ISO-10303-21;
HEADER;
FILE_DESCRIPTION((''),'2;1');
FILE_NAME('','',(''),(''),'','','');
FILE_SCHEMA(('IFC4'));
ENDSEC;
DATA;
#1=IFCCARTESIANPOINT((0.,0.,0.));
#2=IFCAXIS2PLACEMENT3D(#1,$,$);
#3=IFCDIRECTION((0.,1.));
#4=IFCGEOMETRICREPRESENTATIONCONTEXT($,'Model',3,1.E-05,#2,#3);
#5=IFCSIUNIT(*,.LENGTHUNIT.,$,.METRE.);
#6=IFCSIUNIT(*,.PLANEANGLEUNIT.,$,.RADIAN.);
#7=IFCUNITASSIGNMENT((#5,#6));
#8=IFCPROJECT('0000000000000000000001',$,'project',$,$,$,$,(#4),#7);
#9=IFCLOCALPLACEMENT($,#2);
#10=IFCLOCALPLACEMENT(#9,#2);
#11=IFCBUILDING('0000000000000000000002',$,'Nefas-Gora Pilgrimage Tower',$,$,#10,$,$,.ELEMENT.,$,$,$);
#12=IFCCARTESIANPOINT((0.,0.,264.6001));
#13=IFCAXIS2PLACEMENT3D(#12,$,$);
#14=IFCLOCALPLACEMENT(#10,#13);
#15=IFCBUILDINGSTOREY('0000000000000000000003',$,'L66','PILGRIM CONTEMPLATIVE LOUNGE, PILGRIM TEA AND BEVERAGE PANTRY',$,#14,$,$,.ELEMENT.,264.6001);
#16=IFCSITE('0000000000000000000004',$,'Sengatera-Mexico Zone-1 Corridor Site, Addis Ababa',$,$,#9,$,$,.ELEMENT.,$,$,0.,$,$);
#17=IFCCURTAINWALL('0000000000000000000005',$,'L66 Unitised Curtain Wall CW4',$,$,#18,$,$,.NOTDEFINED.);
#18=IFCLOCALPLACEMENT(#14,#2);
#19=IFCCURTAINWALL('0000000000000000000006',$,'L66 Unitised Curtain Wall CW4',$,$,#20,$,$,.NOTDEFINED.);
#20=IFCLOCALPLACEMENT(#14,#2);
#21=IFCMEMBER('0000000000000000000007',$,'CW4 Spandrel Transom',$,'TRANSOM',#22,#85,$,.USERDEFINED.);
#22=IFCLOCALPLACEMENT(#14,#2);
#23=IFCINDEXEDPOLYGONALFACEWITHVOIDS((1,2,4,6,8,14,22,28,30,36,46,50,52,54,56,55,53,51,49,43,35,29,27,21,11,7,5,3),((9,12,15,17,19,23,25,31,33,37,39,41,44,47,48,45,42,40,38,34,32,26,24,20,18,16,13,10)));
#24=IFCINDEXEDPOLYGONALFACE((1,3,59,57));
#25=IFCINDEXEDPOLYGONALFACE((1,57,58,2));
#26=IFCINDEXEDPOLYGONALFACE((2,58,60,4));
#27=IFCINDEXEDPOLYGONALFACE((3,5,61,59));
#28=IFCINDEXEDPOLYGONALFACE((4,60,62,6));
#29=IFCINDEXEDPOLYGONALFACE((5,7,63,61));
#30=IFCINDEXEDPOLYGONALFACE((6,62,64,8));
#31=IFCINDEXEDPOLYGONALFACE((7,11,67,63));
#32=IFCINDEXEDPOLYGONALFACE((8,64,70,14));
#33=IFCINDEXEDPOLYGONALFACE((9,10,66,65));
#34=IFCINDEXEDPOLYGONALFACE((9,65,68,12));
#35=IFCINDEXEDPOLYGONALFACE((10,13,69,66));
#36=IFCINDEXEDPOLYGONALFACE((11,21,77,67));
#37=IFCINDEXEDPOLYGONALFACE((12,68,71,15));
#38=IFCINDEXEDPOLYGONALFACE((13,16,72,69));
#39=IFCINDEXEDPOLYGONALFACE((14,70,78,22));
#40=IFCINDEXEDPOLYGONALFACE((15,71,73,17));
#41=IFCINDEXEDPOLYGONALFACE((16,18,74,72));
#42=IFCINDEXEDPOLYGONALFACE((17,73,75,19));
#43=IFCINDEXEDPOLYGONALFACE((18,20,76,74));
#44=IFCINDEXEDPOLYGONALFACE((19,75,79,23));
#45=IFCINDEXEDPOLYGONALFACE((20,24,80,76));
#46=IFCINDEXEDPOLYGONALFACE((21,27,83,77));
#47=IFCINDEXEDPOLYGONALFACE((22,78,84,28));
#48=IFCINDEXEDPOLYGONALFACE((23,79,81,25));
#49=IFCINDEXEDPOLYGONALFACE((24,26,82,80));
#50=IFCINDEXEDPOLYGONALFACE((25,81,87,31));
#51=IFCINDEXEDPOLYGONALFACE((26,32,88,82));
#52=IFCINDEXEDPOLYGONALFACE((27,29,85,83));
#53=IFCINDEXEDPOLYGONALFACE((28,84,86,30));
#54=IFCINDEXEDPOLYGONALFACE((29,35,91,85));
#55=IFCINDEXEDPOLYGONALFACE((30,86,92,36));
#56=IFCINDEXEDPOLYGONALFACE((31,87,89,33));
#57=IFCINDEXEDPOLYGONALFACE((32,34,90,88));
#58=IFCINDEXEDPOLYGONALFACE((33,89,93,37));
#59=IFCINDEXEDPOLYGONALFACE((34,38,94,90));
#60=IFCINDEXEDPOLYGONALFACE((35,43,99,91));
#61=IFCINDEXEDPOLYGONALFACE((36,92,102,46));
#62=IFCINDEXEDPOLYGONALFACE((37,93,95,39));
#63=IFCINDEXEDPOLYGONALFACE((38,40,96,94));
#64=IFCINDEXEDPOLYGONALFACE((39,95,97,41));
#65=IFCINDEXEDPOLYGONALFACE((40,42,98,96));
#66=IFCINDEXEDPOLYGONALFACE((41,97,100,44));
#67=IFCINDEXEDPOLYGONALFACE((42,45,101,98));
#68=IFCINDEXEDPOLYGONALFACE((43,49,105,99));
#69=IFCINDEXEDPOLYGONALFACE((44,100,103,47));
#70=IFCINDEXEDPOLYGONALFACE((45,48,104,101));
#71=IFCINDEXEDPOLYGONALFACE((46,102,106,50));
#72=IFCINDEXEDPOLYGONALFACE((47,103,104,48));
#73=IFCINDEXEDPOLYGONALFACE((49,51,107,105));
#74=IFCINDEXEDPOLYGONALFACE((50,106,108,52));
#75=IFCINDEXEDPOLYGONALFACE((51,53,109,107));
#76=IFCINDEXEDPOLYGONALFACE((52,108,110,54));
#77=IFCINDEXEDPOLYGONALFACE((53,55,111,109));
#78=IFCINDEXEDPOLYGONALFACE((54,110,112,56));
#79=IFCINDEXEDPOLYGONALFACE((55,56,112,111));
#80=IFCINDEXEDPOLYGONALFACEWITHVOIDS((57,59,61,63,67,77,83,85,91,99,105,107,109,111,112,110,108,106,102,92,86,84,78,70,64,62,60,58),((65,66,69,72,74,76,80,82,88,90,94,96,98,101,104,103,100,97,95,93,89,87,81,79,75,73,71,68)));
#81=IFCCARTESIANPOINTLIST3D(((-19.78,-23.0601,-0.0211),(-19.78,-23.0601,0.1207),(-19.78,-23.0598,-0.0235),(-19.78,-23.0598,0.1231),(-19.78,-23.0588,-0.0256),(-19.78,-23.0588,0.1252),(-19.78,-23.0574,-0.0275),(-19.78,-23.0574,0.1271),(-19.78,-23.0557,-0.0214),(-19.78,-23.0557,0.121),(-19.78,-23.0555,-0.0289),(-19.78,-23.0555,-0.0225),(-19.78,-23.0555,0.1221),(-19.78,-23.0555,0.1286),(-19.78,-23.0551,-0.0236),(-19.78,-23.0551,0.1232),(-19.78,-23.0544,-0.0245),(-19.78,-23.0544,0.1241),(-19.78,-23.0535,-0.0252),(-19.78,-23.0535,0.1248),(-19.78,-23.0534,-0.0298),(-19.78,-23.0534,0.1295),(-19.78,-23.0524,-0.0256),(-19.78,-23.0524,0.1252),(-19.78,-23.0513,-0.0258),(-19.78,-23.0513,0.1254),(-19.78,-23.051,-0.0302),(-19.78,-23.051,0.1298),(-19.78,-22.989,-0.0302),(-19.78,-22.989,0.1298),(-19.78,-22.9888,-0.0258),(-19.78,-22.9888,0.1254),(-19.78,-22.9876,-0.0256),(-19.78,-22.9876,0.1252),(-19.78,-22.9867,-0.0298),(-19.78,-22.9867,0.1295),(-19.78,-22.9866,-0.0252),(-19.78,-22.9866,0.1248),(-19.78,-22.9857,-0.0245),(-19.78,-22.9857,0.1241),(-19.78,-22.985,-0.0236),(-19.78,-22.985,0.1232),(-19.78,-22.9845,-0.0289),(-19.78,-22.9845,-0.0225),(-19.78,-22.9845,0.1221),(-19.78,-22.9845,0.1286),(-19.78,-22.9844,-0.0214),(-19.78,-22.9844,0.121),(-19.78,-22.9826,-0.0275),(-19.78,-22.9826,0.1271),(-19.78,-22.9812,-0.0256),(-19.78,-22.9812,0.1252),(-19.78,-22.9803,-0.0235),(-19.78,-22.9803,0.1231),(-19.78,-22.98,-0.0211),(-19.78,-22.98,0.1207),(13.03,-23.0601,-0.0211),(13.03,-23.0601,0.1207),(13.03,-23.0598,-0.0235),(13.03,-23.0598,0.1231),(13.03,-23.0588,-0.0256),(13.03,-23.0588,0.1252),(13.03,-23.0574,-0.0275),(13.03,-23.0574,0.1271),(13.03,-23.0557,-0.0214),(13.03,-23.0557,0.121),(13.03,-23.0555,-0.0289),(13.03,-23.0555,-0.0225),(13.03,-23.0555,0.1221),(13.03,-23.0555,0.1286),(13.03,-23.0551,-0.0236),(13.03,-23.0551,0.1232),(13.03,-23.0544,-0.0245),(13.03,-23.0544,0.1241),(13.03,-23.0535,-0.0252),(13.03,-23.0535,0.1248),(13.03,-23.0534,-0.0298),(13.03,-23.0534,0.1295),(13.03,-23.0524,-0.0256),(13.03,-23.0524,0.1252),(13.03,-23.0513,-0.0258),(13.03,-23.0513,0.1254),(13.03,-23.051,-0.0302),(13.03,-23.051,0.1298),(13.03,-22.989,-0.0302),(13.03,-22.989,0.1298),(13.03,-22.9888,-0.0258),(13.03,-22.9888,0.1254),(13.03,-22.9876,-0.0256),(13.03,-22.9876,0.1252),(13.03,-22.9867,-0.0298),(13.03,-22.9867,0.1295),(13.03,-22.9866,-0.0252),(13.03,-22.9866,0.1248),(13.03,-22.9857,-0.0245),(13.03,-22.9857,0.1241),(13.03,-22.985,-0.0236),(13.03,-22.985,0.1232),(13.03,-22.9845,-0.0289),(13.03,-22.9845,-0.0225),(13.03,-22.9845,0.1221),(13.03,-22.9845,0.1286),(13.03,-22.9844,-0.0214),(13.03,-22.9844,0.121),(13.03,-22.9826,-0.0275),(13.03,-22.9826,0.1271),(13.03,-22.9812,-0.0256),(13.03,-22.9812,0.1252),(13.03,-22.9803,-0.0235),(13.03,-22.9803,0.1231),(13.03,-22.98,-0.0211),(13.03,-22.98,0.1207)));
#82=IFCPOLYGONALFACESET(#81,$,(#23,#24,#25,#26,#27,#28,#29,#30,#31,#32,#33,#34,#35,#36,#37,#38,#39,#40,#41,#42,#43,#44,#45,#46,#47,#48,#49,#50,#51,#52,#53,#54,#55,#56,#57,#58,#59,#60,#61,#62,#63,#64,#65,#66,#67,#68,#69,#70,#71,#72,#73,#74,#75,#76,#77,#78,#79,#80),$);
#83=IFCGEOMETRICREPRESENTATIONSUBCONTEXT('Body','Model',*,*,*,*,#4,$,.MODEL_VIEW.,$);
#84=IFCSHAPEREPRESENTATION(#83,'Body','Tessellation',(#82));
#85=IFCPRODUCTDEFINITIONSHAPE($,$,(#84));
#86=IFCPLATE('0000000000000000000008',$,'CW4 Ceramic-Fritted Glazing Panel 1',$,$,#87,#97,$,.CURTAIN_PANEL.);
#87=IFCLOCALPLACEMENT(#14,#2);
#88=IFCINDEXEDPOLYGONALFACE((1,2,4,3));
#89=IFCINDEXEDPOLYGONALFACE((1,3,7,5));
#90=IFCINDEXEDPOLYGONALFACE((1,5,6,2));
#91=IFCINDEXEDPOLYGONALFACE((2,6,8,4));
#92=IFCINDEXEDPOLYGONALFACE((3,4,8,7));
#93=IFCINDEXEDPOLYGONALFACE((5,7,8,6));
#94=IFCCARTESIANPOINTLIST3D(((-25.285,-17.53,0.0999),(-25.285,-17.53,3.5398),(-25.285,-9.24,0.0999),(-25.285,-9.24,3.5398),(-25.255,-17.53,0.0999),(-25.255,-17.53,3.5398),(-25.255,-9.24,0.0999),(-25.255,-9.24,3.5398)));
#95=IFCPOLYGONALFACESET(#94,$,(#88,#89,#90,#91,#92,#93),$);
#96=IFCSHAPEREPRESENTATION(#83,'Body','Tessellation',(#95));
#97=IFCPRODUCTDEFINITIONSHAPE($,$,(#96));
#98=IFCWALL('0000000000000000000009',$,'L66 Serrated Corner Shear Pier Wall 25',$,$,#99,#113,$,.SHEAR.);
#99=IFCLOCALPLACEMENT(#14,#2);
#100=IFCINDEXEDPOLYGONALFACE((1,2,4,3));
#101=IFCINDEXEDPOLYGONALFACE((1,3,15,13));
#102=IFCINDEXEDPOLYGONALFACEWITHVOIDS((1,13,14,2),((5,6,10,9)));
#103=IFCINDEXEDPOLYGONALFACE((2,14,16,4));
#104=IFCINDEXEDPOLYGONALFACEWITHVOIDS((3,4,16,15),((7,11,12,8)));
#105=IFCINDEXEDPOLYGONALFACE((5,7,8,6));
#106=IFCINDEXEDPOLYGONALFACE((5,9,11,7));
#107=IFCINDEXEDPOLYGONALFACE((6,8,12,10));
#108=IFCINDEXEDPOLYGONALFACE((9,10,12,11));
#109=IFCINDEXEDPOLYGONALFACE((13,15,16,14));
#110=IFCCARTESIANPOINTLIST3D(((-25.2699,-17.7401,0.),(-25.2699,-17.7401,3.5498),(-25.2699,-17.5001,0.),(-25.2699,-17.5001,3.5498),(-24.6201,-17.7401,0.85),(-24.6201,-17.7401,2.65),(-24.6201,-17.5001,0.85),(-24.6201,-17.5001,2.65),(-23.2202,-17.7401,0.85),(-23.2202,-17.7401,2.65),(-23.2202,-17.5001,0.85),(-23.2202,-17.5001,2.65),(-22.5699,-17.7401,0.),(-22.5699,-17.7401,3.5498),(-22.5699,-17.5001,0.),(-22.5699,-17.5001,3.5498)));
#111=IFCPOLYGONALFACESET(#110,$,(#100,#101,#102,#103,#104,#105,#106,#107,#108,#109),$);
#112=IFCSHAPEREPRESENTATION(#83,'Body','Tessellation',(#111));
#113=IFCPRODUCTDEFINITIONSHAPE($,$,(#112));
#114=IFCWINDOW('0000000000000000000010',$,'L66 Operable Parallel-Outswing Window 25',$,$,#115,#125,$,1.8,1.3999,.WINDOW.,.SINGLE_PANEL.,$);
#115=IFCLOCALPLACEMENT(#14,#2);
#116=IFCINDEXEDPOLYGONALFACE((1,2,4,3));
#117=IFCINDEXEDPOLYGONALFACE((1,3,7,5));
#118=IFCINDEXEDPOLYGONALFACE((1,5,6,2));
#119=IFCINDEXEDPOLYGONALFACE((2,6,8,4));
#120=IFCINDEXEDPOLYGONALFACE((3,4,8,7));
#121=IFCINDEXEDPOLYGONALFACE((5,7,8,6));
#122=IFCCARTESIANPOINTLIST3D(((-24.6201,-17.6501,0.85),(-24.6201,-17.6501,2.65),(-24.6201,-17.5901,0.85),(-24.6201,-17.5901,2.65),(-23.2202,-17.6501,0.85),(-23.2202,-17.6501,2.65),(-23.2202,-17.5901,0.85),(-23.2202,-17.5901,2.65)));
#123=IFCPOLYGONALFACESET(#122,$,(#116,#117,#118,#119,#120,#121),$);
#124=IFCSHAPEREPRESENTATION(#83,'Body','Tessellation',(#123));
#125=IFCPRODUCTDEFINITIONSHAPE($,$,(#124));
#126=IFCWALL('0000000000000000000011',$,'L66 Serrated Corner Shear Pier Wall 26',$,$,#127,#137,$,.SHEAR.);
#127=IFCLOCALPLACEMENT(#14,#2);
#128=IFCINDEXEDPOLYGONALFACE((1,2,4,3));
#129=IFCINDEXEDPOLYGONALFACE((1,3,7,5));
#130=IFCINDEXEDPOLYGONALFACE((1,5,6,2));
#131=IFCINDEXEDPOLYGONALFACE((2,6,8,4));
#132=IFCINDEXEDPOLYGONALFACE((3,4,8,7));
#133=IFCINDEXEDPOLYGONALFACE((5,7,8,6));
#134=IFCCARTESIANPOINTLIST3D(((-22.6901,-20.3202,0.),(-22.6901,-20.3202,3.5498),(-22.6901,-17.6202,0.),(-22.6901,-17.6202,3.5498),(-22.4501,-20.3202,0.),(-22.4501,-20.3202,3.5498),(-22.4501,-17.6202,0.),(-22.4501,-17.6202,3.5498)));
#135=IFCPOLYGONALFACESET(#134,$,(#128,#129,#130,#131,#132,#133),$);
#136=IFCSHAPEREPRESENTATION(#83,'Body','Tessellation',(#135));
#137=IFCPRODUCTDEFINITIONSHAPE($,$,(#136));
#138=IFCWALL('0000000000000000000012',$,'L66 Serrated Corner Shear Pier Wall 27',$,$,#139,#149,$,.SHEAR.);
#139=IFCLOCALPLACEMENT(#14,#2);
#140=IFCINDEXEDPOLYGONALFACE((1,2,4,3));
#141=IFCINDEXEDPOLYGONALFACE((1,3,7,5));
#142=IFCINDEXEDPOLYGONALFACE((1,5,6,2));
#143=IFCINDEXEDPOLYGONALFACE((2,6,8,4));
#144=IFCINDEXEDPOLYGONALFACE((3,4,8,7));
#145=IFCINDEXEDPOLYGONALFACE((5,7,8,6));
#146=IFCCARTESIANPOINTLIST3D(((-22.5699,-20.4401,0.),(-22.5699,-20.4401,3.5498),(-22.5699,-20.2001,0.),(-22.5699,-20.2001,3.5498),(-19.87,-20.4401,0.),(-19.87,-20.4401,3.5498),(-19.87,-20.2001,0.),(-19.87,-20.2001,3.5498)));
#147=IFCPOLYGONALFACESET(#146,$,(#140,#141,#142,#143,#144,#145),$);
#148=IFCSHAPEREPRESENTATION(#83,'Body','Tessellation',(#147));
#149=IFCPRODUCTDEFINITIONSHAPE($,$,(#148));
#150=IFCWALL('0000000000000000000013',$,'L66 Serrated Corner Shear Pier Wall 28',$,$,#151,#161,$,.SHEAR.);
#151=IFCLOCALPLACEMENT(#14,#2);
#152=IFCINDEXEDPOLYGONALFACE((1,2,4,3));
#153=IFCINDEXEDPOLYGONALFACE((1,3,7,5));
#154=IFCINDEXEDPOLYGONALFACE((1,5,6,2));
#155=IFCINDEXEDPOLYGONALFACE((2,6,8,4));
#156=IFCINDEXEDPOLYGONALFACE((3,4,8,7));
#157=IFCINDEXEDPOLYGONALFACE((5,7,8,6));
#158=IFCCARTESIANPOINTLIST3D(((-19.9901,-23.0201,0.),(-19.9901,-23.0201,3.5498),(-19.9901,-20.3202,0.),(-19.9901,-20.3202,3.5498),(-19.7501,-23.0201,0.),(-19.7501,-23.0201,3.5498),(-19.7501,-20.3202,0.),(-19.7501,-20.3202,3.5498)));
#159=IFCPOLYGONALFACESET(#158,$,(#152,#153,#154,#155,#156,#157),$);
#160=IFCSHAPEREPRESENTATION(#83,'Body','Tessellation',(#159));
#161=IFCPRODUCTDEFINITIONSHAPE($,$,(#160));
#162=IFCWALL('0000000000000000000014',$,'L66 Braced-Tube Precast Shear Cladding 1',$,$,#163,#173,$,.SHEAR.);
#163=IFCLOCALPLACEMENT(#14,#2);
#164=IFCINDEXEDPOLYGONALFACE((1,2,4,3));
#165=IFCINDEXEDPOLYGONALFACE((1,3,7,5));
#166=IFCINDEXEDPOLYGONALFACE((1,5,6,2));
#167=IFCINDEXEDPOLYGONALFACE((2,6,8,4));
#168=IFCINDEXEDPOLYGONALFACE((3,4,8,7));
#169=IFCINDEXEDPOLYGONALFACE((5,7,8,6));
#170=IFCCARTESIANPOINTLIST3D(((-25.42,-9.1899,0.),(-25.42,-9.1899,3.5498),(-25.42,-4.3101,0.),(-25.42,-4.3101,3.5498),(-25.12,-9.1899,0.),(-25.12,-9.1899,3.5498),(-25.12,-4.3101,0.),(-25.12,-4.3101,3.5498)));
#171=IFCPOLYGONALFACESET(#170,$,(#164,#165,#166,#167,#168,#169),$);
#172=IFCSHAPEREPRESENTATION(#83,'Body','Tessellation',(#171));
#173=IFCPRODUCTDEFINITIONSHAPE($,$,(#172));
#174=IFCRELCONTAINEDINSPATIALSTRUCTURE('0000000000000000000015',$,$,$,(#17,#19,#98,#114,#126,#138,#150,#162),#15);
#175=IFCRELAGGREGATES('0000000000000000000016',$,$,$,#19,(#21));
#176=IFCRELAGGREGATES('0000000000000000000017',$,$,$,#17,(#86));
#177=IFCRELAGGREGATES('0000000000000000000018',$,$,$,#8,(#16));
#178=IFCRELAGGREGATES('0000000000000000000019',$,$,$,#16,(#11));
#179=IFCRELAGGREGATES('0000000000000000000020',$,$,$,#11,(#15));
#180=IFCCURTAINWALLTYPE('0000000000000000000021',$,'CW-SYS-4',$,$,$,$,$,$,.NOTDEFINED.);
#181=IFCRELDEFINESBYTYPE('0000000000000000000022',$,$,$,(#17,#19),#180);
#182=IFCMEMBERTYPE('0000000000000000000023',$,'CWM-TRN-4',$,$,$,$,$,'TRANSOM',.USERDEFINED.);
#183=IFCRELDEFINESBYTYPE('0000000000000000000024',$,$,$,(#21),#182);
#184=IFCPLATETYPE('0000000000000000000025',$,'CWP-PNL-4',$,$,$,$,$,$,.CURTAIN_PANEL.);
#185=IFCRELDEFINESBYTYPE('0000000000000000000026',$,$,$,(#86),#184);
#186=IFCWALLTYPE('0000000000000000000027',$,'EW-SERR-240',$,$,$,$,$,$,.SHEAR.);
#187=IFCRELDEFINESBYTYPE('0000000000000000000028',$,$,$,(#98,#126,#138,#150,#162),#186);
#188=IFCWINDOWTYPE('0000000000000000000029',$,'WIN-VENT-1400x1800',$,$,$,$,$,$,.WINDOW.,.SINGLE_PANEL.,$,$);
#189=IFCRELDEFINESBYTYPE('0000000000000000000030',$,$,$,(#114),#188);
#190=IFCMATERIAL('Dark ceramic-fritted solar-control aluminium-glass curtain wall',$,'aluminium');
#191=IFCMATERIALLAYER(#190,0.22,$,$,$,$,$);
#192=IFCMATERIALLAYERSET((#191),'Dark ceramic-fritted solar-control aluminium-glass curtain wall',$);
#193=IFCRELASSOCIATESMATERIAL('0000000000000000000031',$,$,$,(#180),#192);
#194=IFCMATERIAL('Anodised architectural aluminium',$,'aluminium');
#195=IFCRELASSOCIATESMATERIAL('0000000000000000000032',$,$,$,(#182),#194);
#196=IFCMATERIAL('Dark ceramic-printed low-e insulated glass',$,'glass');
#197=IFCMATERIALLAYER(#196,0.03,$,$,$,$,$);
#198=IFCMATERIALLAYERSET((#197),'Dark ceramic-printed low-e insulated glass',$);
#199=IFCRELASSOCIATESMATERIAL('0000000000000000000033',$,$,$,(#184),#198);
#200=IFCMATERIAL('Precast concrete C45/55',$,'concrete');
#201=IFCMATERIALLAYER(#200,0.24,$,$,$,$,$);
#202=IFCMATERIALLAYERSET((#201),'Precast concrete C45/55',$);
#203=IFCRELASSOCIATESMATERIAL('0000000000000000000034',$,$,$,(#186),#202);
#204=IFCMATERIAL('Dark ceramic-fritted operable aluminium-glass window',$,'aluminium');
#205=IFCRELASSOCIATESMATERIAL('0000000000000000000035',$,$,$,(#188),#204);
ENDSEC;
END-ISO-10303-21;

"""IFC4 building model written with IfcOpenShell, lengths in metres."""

from ifc_helpers import new_model, si_unit, direction, frame, frame_2d, origin, origin_2d, place, context, subcontext, project, spatial, rectangle, hollow_rectangle, extrude, source, transform, mapped, material, layer, layer_set, material_profile, profile_set, type_object, element, fill, aggregate, save


model = new_model("IFC4")

# Units and contexts
model_context = context("Model", 3, precision=1e-05, world=origin(), true_north=direction((0.0, 1.0)))
body_context = subcontext(model_context, "Body", "Model", "MODEL_VIEW")
ifc_project = project(units=[si_unit("LENGTHUNIT", "METRE"), si_unit("PLANEANGLEUNIT", "RADIAN")], contexts=[model_context])

# Site, building, storey
site_placement = place(None, origin())
site = spatial("IfcSite", under=ifc_project, at=site_placement, Name="Sengatera-Mexico Zone-1 Corridor Site, Addis Ababa", CompositionType="ELEMENT", RefElevation=0.0)
building_placement = place(site_placement, origin())
building = spatial("IfcBuilding", under=site, at=building_placement, Name="Nefas-Gora Pilgrimage Tower", CompositionType="ELEMENT")
storey_placement = place(building_placement, frame((0.0, 0.0, 264.6001)))
storey = spatial("IfcBuildingStorey", under=building, at=storey_placement, Name="L66", Description="PILGRIM CONTEMPLATIVE LOUNGE, PILGRIM TEA AND BEVERAGE PANTRY", CompositionType="ELEMENT", Elevation=264.6001)

# Curtain wall
ifc_material_1 = material(Name="Dark ceramic-fritted solar-control aluminium-glass curtain wall", Category="aluminium")
ifc_layer_1 = layer(ifc_material_1, 0.22)
ifc_layer_set_1 = layer_set([ifc_layer_1], Name="Dark ceramic-fritted solar-control aluminium-glass curtain wall")
curtain_wall_type = type_object("IfcCurtainWallType", Name="CW-SYS-4", PredefinedType="NOTDEFINED", material=ifc_layer_set_1)
curtain_wall_1_placement = place(storey_placement, origin())
curtain_wall_1 = element("IfcCurtainWall", 1, at=curtain_wall_1_placement, inside=storey, type_object=curtain_wall_type, Name="L66 Unitised Curtain Wall CW4", PredefinedType="NOTDEFINED")
ifc_material_2 = material(Name="Anodised architectural aluminium", Category="aluminium")

# Curtain wall
curtain_wall_2_placement = place(storey_placement, origin())
curtain_wall_2 = element("IfcCurtainWall", 2, at=curtain_wall_2_placement, inside=storey, type_object=curtain_wall_type, Name="L66 Unitised Curtain Wall CW4", PredefinedType="NOTDEFINED")

# Member
ifc_material_profile_1 = material_profile(ifc_material_2, hollow_rectangle(XDim=0.0801, YDim=0.1599, WallThickness=0.0044, InnerFilletRadius=0.0044, OuterFilletRadius=0.009, at=origin_2d()), Name="ALU TRANSOM 80x160")
ifc_profile_set_1 = profile_set([ifc_material_profile_1], Name="Anodised architectural aluminium")
member_type_1 = type_object("IfcMemberType", Name="CWM-TRN-4", ElementType="TRANSOM", PredefinedType="USERDEFINED", material=ifc_profile_set_1)
shared_shape_1 = source(origin(), body_context, "Body", "SweptSolid", [
    extrude(hollow_rectangle(XDim=0.0801, YDim=0.1599, WallThickness=0.0044, InnerFilletRadius=0.0044, OuterFilletRadius=0.009, at=origin_2d()), origin(), (0.0, 0.0, 1.0), 32.8101),
])
member_1_placement = place(storey_placement, frame((-19.78, -23.02, 0.0498), z_axis=(1.0, 0.0, 0.0), x_axis=(0.0, 1.0, 0.0)))
member_1 = element("IfcMember", 3, at=member_1_placement, type_object=member_type_1, Name="CW4 Spandrel Transom", ObjectType="TRANSOM", PredefinedType="USERDEFINED", context=body_context, shape_type="MappedRepresentation", body=[
    mapped(shared_shape_1, transform((0.0, 0.0, 0.0), x_axis=(1.0, 0.0, 0.0), y_axis=(0.0, 1.0, 0.0), z_axis=(0.0, 0.0, 1.0), scale=1.0)),
])
aggregate(curtain_wall_2, [member_1])

# Plate
ifc_material_3 = material(Name="Dark ceramic-printed low-e insulated glass", Category="glass")
ifc_layer_2 = layer(ifc_material_3, 0.03)
ifc_layer_set_2 = layer_set([ifc_layer_2], Name="Dark ceramic-printed low-e insulated glass")
plate_type = type_object("IfcPlateType", Name="CWP-PNL-4", PredefinedType="CURTAIN_PANEL", material=ifc_layer_set_2)
shared_shape_2 = source(origin(), body_context, "Body", "SweptSolid", [
    extrude(rectangle(XDim=8.29, YDim=0.03, at=origin_2d()), origin(), (0.0, 0.0, 1.0), 3.4399),
])
plate_placement = place(storey_placement, frame((-25.27, -13.385, 0.0999), z_axis=(0.0, 0.0, 1.0), x_axis=(0.0, -1.0, 0.0)))
plate = element("IfcPlate", 4, at=plate_placement, type_object=plate_type, Name="CW4 Ceramic-Fritted Glazing Panel 1", PredefinedType="CURTAIN_PANEL", context=body_context, shape_type="MappedRepresentation", body=[
    mapped(shared_shape_2, transform((0.0, 0.0, 0.0), x_axis=(1.0, 0.0, 0.0), y_axis=(0.0, 1.0, 0.0), z_axis=(0.0, 0.0, 1.0), scale=1.0)),
])
aggregate(curtain_wall_1, [plate])

# Wall, opening, window
ifc_material_4 = material(Name="Precast concrete C45/55", Category="concrete")
ifc_layer_3 = layer(ifc_material_4, 0.24)
ifc_layer_set_3 = layer_set([ifc_layer_3], Name="Precast concrete C45/55")
wall_type_1 = type_object("IfcWallType", Name="EW-SERR-240", PredefinedType="SHEAR", material=ifc_layer_set_3)
shared_shape_3 = source(origin(), body_context, "Body", "SweptSolid", [
    extrude(rectangle(XDim=2.7, YDim=0.24, at=frame_2d((1.3501, 0.0))), origin(), (0.0, 0.0, 1.0), 3.5498),
])
wall_1_placement = place(storey_placement, frame((-25.27, -17.6201, 0.0), z_axis=(0.0, 0.0, 1.0), x_axis=(1.0, 0.0, 0.0)))
wall_1 = element("IfcWall", 5, at=wall_1_placement, inside=storey, type_object=wall_type_1, Name="L66 Serrated Corner Shear Pier Wall 25", PredefinedType="SHEAR", context=body_context, shape_type="MappedRepresentation", body=[
    mapped(shared_shape_3, transform((0.0, 0.0, 0.0), x_axis=(1.0, 0.0, 0.0), y_axis=(0.0, 1.0, 0.0), z_axis=(0.0, 0.0, 1.0), scale=1.0)),
])
opening_1_placement = place(wall_1_placement, frame((0.6499, 0.0, 0.8501)))
opening_1 = element("IfcOpeningElement", 6, at=opening_1_placement, cuts=wall_1, PredefinedType="OPENING", context=body_context, shape_type="SweptSolid", body=[
    extrude(rectangle(XDim=1.3999, YDim=1.8, at=frame_2d((0.7, 0.8999))), frame((0.0, 0.1299, 0.0), z_axis=(0.0, -1.0, 0.0), x_axis=(1.0, 0.0, 0.0)), (0.0, 0.0, 1.0), 0.26),
])
ifc_material_5 = material(Name="Dark ceramic-fritted operable aluminium-glass window", Category="aluminium")
window_type = type_object("IfcWindowType", Name="WIN-VENT-1400x1800", PartitioningType="SINGLE_PANEL", PredefinedType="WINDOW", material=ifc_material_5)
shared_shape_4 = source(origin(), body_context, "Body", "SweptSolid", [
    extrude(rectangle(XDim=1.3999, YDim=1.8, at=frame_2d((0.7, 0.8999))), frame((0.0, 0.03, 0.0), z_axis=(0.0, -1.0, 0.0), x_axis=(1.0, 0.0, 0.0)), (0.0, 0.0, 1.0), 0.0601),
])
window_placement = place(opening_1_placement, origin())
window = element("IfcWindow", 7, at=window_placement, inside=storey, type_object=window_type, Name="L66 Operable Parallel-Outswing Window 25", OverallHeight=1.8, OverallWidth=1.3999, PartitioningType="SINGLE_PANEL", PredefinedType="WINDOW", context=body_context, shape_type="MappedRepresentation", body=[
    mapped(shared_shape_4, transform((0.0, 0.0, 0.0), x_axis=(1.0, 0.0, 0.0), y_axis=(0.0, 1.0, 0.0), z_axis=(0.0, 0.0, 1.0), scale=1.0)),
])
fill(opening_1, window)

# Walls
for number, where, z_axis, x_axis, name in (
    (8, (-22.5701, -17.6201, 0.0), (0.0, 0.0, 1.0), (0.0, -1.0, 0.0), "L66 Serrated Corner Shear Pier Wall 26"),
    (9, (-22.5701, -20.3201, 0.0), (0.0, 0.0, 1.0), (1.0, 0.0, 0.0), "L66 Serrated Corner Shear Pier Wall 27"),
    (10, (-19.8701, -20.3201, 0.0), (0.0, 0.0, 1.0), (0.0, -1.0, 0.0), "L66 Serrated Corner Shear Pier Wall 28"),
):
    element("IfcWall", number, at=place(storey_placement, frame(where, z_axis=z_axis, x_axis=x_axis)), inside=storey, type_object=wall_type_1, Name=name, PredefinedType="SHEAR", context=body_context, shape_type="MappedRepresentation", body=[
        mapped(shared_shape_3, transform((0.0, 0.0, 0.0), x_axis=(1.0, 0.0, 0.0), y_axis=(0.0, 1.0, 0.0), z_axis=(0.0, 0.0, 1.0), scale=1.0)),
    ])
shared_shape_5 = source(origin(), body_context, "Body", "SweptSolid", [
    extrude(rectangle(XDim=4.8799, YDim=0.3, at=frame_2d((2.4399, 0.0))), origin(), (0.0, 0.0, 1.0), 3.5498),
])
wall_2_placement = place(storey_placement, frame((-25.27, -9.1899, 0.0), z_axis=(0.0, 0.0, 1.0), x_axis=(0.0, 1.0, 0.0)))
element("IfcWall", 11, at=wall_2_placement, inside=storey, type_object=wall_type_1, Name="L66 Braced-Tube Precast Shear Cladding 1", PredefinedType="SHEAR", context=body_context, shape_type="MappedRepresentation", body=[
    mapped(shared_shape_5, transform((0.0, 0.0, 0.0), x_axis=(1.0, 0.0, 0.0), y_axis=(0.0, 1.0, 0.0), z_axis=(0.0, 0.0, 1.0), scale=1.0)),
])

save(model, "model.ifc")
